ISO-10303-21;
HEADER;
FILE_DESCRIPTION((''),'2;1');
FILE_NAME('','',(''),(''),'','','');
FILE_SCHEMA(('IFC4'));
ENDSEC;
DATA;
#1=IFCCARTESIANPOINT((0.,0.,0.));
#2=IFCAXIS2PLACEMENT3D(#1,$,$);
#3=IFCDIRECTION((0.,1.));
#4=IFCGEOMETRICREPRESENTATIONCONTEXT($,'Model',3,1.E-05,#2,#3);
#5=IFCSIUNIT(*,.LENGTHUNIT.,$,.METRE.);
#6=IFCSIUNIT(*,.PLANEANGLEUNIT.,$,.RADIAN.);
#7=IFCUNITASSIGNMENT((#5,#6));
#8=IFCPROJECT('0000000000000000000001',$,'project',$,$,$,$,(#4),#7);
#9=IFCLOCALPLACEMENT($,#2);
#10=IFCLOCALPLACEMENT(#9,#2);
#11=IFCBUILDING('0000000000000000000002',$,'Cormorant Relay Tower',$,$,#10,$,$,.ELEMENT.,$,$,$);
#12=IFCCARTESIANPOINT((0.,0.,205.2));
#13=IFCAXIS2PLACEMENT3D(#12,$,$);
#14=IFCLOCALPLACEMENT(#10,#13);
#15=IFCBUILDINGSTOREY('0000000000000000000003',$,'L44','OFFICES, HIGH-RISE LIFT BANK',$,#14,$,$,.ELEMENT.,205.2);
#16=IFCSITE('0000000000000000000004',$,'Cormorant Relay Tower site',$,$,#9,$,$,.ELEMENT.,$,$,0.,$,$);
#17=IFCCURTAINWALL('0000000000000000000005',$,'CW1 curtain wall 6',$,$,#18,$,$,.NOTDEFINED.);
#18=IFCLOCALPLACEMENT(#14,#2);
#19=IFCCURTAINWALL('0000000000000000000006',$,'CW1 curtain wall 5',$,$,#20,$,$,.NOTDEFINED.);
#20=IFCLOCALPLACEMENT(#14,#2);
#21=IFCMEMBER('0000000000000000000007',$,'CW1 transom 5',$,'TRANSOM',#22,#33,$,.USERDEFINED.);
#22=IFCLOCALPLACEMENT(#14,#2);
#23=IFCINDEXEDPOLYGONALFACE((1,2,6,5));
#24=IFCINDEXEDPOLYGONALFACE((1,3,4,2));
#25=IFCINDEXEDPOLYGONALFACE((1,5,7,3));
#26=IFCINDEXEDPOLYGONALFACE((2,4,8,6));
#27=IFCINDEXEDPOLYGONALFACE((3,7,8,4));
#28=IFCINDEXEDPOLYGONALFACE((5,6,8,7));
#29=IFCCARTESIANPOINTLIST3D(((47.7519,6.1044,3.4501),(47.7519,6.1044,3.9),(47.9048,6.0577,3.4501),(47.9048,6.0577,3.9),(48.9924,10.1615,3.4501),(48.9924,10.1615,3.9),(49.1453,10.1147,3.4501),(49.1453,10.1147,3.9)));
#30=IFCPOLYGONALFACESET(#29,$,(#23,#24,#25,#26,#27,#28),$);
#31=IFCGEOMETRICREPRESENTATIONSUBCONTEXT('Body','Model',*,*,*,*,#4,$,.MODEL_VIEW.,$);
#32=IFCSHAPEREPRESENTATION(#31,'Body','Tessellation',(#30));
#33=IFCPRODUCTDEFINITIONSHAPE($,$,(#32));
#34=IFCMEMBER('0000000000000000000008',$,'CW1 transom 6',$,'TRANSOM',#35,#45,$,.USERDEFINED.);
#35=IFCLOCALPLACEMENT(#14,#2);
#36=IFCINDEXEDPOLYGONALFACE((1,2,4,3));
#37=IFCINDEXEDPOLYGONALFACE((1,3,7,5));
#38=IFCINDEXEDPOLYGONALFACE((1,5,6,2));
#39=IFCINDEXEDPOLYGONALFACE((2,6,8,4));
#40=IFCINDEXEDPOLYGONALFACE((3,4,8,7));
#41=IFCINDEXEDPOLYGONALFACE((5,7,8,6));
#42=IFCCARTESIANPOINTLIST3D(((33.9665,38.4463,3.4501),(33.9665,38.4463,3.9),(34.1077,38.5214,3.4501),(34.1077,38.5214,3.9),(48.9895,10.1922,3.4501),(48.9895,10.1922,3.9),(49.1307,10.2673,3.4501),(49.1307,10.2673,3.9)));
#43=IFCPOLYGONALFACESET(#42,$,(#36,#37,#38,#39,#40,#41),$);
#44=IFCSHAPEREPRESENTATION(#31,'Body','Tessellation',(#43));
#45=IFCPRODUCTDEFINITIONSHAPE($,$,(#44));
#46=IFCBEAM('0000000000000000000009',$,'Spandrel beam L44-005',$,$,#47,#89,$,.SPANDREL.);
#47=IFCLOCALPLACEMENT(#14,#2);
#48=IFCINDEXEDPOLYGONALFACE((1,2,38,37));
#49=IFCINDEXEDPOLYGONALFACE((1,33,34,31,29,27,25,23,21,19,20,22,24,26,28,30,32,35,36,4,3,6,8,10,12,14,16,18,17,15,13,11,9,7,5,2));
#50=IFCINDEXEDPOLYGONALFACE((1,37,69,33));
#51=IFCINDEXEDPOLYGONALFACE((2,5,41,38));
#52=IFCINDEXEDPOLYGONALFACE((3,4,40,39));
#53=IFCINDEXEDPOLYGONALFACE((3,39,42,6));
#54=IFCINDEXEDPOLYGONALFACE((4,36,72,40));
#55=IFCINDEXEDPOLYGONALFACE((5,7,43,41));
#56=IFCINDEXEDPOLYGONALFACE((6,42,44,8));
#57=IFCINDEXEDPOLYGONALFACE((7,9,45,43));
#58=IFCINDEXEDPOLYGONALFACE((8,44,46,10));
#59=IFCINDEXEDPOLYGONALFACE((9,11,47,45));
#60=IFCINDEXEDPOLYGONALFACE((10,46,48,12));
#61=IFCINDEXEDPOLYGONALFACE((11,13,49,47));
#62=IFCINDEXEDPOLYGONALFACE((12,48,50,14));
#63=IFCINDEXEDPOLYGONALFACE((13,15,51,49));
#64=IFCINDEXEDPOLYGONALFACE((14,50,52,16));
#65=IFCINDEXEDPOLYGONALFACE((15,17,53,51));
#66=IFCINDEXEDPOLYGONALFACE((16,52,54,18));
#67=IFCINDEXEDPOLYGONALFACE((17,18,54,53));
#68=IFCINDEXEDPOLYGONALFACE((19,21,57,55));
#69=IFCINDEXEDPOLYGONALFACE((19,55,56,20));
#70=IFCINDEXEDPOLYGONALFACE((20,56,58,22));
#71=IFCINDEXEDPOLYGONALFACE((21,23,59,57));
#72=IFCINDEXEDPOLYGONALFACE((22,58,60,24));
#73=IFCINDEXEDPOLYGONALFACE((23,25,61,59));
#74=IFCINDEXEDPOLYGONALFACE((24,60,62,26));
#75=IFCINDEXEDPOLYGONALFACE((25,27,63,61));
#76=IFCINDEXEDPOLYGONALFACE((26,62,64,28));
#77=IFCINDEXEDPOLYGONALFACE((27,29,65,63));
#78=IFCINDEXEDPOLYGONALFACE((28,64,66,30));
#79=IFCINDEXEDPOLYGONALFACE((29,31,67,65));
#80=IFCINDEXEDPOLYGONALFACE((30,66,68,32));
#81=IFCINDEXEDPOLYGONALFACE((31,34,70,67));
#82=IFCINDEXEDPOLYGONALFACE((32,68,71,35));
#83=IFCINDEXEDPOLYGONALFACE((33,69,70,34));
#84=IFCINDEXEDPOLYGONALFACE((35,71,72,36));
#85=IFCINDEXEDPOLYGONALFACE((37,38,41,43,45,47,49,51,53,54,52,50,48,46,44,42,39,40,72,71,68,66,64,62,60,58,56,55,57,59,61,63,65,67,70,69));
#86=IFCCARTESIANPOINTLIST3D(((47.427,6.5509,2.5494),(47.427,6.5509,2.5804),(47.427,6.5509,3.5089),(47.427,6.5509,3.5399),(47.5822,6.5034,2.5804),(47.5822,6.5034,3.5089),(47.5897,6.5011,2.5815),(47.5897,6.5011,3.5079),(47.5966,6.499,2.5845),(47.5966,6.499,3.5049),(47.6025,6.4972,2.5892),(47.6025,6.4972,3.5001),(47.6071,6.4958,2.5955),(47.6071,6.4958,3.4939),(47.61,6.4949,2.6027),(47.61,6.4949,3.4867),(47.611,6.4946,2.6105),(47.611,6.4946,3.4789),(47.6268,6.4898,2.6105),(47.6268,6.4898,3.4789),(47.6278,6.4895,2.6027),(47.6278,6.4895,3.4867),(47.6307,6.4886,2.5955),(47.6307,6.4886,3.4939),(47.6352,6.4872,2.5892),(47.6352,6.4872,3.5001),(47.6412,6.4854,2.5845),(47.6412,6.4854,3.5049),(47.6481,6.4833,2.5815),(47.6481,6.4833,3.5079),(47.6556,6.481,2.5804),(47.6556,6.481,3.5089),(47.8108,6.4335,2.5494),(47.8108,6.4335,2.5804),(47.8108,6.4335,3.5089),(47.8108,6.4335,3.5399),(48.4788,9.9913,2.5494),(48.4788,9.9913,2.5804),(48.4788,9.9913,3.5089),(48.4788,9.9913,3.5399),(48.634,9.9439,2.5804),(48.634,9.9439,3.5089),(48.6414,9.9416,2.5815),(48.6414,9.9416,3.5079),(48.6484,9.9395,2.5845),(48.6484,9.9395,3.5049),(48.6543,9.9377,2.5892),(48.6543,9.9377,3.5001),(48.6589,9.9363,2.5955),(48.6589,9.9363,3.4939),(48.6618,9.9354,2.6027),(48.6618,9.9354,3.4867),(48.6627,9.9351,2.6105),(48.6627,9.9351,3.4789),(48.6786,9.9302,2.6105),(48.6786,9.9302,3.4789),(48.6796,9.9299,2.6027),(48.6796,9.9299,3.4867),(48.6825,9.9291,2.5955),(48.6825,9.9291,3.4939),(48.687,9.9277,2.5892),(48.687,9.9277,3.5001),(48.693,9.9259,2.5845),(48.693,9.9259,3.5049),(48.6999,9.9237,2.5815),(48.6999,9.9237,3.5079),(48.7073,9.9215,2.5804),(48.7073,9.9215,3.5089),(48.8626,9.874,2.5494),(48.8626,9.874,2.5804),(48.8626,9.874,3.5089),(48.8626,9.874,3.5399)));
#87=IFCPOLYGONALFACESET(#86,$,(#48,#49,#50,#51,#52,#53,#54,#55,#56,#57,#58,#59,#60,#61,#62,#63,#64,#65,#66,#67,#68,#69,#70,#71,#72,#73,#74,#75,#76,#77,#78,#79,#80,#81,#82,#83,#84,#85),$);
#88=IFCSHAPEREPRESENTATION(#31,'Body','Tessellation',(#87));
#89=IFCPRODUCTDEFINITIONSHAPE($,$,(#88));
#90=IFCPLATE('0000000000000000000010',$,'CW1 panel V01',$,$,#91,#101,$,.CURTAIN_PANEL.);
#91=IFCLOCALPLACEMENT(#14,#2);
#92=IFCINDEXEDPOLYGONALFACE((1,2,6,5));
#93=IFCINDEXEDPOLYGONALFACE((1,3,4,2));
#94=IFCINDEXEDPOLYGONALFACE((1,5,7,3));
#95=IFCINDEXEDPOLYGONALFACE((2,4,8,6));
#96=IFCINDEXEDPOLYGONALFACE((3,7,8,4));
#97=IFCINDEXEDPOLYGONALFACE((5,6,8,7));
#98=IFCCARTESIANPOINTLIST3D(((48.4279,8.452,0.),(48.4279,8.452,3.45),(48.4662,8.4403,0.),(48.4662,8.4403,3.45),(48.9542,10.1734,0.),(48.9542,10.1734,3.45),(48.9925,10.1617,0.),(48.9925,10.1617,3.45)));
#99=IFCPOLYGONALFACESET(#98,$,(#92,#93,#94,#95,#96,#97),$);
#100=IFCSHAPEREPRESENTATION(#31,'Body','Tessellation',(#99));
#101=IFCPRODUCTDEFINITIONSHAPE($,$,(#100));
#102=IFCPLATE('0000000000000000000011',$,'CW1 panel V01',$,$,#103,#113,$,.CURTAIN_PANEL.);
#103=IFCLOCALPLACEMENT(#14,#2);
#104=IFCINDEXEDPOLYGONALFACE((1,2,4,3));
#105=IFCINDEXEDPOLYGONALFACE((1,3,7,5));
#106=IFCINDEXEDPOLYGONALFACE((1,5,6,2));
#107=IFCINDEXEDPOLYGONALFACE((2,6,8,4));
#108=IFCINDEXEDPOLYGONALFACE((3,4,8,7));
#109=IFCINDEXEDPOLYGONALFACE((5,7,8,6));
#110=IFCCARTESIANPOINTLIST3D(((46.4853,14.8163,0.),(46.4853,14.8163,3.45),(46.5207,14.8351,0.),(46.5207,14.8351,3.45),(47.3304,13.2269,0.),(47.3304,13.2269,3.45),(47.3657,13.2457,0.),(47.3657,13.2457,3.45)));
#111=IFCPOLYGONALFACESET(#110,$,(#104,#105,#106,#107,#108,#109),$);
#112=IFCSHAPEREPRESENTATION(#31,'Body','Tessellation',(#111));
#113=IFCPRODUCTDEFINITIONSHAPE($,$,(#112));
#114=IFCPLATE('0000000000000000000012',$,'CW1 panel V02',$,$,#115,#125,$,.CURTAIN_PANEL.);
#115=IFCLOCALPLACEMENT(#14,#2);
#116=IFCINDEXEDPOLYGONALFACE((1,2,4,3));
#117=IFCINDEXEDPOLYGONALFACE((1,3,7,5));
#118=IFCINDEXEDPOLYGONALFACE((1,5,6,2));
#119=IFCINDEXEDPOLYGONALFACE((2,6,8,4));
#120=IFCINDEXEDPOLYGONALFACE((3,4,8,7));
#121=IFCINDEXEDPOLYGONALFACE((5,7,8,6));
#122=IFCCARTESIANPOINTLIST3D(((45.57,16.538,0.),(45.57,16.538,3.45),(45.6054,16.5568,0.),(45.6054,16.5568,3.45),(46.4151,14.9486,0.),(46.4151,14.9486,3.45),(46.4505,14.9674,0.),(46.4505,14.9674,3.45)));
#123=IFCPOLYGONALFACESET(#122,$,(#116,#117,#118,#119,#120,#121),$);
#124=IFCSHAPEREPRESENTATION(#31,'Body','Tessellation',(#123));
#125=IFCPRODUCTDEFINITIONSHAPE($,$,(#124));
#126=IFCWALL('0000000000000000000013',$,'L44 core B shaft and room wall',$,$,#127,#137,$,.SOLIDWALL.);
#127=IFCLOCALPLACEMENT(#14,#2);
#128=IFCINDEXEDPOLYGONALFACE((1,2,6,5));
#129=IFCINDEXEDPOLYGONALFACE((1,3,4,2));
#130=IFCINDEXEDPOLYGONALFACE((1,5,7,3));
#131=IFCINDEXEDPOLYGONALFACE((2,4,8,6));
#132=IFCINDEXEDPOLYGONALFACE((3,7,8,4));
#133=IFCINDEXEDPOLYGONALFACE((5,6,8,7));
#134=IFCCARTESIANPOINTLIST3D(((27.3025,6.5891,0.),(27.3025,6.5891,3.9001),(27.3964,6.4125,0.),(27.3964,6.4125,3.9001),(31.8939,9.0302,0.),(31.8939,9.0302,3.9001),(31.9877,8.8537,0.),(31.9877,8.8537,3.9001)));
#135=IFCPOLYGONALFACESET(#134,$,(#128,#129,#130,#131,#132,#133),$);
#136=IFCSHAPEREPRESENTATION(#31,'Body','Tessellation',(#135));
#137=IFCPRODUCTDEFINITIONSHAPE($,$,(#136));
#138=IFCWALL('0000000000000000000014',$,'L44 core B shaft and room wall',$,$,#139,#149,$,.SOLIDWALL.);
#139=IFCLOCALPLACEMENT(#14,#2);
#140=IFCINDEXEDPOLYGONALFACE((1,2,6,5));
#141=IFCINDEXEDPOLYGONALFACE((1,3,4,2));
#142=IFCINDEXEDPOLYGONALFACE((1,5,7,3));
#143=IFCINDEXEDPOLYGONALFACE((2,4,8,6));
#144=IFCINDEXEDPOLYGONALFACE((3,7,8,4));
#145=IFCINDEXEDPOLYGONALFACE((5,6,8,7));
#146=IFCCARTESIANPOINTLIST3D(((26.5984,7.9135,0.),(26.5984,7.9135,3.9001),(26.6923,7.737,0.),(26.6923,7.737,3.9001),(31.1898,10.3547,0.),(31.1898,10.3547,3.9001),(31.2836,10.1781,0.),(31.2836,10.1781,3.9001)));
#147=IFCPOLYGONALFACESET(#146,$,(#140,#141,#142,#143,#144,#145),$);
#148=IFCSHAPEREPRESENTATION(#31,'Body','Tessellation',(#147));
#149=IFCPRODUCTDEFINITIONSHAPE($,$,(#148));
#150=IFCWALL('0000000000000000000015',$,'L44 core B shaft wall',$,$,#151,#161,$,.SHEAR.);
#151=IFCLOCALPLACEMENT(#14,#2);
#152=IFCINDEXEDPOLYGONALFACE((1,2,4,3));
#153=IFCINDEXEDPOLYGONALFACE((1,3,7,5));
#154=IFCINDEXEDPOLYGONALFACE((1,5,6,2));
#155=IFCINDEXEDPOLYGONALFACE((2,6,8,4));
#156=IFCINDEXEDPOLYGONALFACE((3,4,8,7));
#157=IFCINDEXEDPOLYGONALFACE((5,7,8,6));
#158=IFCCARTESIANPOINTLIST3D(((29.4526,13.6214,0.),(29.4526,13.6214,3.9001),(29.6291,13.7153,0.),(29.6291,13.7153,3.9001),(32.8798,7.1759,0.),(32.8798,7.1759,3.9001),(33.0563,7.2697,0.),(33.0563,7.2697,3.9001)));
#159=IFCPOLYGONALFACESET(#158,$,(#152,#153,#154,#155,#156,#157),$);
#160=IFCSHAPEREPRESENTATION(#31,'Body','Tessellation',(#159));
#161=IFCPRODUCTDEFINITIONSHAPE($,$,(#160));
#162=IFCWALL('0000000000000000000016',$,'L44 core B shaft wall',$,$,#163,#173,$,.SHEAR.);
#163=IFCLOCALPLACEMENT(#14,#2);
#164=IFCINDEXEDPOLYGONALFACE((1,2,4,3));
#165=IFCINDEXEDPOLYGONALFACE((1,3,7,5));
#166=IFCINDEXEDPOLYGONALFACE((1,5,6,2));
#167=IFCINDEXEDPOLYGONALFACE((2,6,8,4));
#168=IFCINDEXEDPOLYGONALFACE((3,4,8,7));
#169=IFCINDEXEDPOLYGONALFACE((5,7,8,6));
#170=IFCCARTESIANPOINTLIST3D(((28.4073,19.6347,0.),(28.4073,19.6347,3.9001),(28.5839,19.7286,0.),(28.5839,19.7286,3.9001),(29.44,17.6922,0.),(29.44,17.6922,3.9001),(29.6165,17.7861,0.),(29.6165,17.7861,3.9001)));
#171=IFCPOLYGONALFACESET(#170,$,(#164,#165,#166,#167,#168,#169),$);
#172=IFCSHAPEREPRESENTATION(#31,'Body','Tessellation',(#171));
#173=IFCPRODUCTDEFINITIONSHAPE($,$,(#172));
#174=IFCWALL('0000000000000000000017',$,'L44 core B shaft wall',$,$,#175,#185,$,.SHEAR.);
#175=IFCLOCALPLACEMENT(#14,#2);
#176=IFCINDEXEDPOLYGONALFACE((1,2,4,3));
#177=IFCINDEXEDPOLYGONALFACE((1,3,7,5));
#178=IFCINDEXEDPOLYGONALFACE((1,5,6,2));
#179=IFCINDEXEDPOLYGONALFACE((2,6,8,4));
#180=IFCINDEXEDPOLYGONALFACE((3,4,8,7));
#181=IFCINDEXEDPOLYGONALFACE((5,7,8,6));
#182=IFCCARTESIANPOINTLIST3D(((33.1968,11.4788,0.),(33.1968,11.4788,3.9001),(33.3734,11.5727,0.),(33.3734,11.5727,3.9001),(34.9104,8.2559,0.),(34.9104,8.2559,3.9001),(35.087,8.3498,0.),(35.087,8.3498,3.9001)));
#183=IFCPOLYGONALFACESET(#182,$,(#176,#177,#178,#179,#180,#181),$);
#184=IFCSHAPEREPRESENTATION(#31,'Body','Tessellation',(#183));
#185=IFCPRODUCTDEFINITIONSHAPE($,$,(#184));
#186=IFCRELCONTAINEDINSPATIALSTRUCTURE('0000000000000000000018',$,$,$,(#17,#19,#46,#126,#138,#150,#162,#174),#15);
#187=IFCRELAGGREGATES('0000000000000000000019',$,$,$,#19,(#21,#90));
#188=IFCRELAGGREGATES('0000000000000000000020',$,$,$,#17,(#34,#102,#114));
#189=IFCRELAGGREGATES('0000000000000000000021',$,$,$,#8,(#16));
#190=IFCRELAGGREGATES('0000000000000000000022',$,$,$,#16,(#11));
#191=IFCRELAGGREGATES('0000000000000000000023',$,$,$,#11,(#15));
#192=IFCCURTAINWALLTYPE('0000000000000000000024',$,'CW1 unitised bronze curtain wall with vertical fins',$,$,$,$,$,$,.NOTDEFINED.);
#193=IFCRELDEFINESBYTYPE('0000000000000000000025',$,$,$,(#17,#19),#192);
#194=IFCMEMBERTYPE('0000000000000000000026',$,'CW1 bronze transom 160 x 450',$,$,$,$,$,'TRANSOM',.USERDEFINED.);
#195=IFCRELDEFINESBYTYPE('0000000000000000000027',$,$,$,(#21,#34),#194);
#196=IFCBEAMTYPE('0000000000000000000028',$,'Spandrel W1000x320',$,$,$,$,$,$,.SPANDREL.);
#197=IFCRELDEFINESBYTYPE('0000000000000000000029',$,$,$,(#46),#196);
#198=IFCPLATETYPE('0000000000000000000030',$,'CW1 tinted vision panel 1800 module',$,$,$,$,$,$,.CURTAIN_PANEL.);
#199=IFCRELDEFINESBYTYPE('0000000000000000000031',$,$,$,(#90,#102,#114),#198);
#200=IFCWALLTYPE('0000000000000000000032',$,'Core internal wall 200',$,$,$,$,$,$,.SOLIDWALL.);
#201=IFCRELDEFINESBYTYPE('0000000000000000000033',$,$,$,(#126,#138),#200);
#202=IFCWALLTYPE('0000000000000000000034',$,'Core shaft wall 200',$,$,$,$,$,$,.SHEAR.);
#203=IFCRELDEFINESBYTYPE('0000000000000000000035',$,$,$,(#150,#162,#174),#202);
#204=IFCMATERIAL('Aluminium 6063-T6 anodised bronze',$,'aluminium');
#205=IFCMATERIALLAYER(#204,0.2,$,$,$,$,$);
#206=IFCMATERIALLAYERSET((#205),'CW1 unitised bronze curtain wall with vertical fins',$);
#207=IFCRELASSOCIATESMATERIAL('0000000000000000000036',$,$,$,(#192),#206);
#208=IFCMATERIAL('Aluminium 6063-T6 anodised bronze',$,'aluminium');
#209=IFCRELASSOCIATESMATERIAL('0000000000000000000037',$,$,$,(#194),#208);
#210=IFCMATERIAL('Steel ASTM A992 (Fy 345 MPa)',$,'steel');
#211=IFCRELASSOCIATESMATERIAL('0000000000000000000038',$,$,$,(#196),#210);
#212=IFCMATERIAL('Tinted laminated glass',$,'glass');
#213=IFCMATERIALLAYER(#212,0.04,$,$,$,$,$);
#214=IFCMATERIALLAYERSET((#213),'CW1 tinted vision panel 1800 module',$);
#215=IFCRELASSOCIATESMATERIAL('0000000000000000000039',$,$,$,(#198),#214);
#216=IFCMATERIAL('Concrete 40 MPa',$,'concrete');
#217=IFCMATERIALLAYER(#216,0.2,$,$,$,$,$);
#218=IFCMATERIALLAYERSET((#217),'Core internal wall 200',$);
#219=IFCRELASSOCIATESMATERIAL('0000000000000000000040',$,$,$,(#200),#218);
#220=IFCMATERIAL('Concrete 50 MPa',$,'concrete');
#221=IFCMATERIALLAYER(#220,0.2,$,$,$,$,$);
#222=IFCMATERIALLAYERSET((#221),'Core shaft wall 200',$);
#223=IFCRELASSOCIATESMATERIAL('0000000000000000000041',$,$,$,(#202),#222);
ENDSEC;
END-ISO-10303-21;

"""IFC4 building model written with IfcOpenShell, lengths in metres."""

from ifc_helpers import new_model, si_unit, direction, frame, frame_2d, origin, origin_2d, place, context, subcontext, project, spatial, rectangle, i_section, extrude, material, layer, layer_set, material_profile, profile_set, type_object, element, aggregate, save


model = new_model("IFC4")

# Units and contexts
model_context = context("Model", 3, precision=1e-05, world=origin(), true_north=direction((0.0, 1.0)))
body_context = subcontext(model_context, "Body", "Model", "MODEL_VIEW")
ifc_project = project(units=[si_unit("LENGTHUNIT", "METRE"), si_unit("PLANEANGLEUNIT", "RADIAN")], contexts=[model_context])

# Site, building, storey
site_placement = place(None, origin())
site = spatial("IfcSite", under=ifc_project, at=site_placement, Name="Cormorant Relay Tower site", CompositionType="ELEMENT", RefElevation=0.0)
building_placement = place(site_placement, origin())
building = spatial("IfcBuilding", under=site, at=building_placement, Name="Cormorant Relay Tower", CompositionType="ELEMENT")
storey_placement = place(building_placement, frame((0.0, 0.0, 205.2)))
storey = spatial("IfcBuildingStorey", under=building, at=storey_placement, Name="L44", Description="OFFICES, HIGH-RISE LIFT BANK", CompositionType="ELEMENT", Elevation=205.2)

# Curtain wall
ifc_material_1 = material(Name="Aluminium 6063-T6 anodised bronze", Category="aluminium")
ifc_layer_1 = layer(ifc_material_1, 0.2)
ifc_layer_set_1 = layer_set([ifc_layer_1], Name="CW1 unitised bronze curtain wall with vertical fins")
curtain_wall_type = type_object("IfcCurtainWallType", Name="CW1 unitised bronze curtain wall with vertical fins", PredefinedType="NOTDEFINED", material=ifc_layer_set_1)
curtain_wall_1_placement = place(storey_placement, origin())
curtain_wall_1 = element("IfcCurtainWall", 1, at=curtain_wall_1_placement, inside=storey, type_object=curtain_wall_type, Name="CW1 curtain wall 6", PredefinedType="NOTDEFINED")

# Curtain wall, member
curtain_wall_2_placement = place(storey_placement, origin())
curtain_wall_2 = element("IfcCurtainWall", 2, at=curtain_wall_2_placement, inside=storey, type_object=curtain_wall_type, Name="CW1 curtain wall 5", PredefinedType="NOTDEFINED")
ifc_material_2 = material(Name="Aluminium 6063-T6 anodised bronze", Category="aluminium")
ifc_material_profile_1 = material_profile(ifc_material_2, rectangle(XDim=0.1599, YDim=0.45, at=origin_2d()), Name="AL 160x450")
ifc_profile_set_1 = profile_set([ifc_material_profile_1], Name="Aluminium 6063-T6 anodised bronze")
member_type_1 = type_object("IfcMemberType", Name="CW1 bronze transom 160 x 450", ElementType="TRANSOM", PredefinedType="USERDEFINED", material=ifc_profile_set_1)
member_1_placement = place(storey_placement, frame((47.8284, 6.0811, 3.675), z_axis=(0.292391, 0.956299, 0.0), x_axis=(-0.956299, 0.292391, 0.0)))
member_1 = element("IfcMember", 3, at=member_1_placement, type_object=member_type_1, Name="CW1 transom 5", ObjectType="TRANSOM", PredefinedType="USERDEFINED", context=body_context, shape_type="SweptSolid", body=[
    extrude(rectangle(XDim=0.1599, YDim=0.45, at=origin_2d()), origin(), (0.0, 0.0, 1.0), 4.2424),
])

# Member
member_2_placement = place(storey_placement, frame((49.0601, 10.2297, 3.675), z_axis=(-0.46947, 0.882948, 0.0), x_axis=(-0.882948, -0.46947, 0.0)))
member_2 = element("IfcMember", 4, at=member_2_placement, type_object=member_type_1, Name="CW1 transom 6", ObjectType="TRANSOM", PredefinedType="USERDEFINED", context=body_context, shape_type="SweptSolid", body=[
    extrude(rectangle(XDim=0.1599, YDim=0.45, at=origin_2d()), origin(), (0.0, 0.0, 1.0), 31.9998),
])

# Beam
ifc_material_3 = material(Name="Steel ASTM A992 (Fy 345 MPa)", Category="steel")
ifc_material_profile_2 = material_profile(ifc_material_3, i_section(OverallWidth=0.4014, OverallDepth=0.9905, WebThickness=0.0166, FlangeThickness=0.031, FilletRadius=0.03, at=origin_2d()), Name="W1000x320")
ifc_profile_set_2 = profile_set([ifc_material_profile_2], Name="Steel ASTM A992 (Fy 345 MPa)")
beam_type = type_object("IfcBeamType", Name="Spandrel W1000x320", PredefinedType="SPANDREL", material=ifc_profile_set_2)
beam_placement = place(storey_placement, frame((47.6189, 6.4922, 3.0447), z_axis=(0.29235, 0.956312, 0.0), x_axis=(-0.956312, 0.29235, 0.0)))
element("IfcBeam", 5, at=beam_placement, inside=storey, type_object=beam_type, Name="Spandrel beam L44-005", PredefinedType="SPANDREL", context=body_context, shape_type="SweptSolid", body=[
    extrude(i_section(OverallWidth=0.4014, OverallDepth=0.9905, WebThickness=0.0166, FlangeThickness=0.031, FilletRadius=0.03, at=origin_2d()), origin(), (0.0, 0.0, 1.0), 3.5977),
])

# Plates
ifc_material_4 = material(Name="Tinted laminated glass", Category="glass")
ifc_layer_2 = layer(ifc_material_4, 0.04)
ifc_layer_set_2 = layer_set([ifc_layer_2], Name="CW1 tinted vision panel 1800 module")
plate_type = type_object("IfcPlateType", Name="CW1 tinted vision panel 1800 module", PredefinedType="CURTAIN_PANEL", material=ifc_layer_set_2)
plate_1_placement = place(storey_placement, frame((48.7102, 9.3069, 0.0), z_axis=(0.0, 0.0, 1.0), x_axis=(0.292372, 0.956305, 0.0)))
plate_1 = element("IfcPlate", 6, at=plate_1_placement, type_object=plate_type, Name="CW1 panel V01", PredefinedType="CURTAIN_PANEL", context=body_context, shape_type="SweptSolid", body=[
    extrude(rectangle(XDim=1.8, YDim=0.04, at=origin_2d()), origin(), (0.0, 0.0, 1.0), 3.45),
])
plate_2_placement = place(storey_placement, frame((46.9255, 14.031, 0.0), z_axis=(0.0, 0.0, 1.0), x_axis=(-0.469472, 0.882948, 0.0)))
plate_2 = element("IfcPlate", 7, at=plate_2_placement, type_object=plate_type, Name="CW1 panel V01", PredefinedType="CURTAIN_PANEL", context=body_context, shape_type="SweptSolid", body=[
    extrude(rectangle(XDim=1.8, YDim=0.04, at=origin_2d()), origin(), (0.0, 0.0, 1.0), 3.45),
])
plate_3_placement = place(storey_placement, frame((46.0103, 15.7527, 0.0), z_axis=(0.0, 0.0, 1.0), x_axis=(-0.469472, 0.882948, 0.0)))
plate_3 = element("IfcPlate", 8, at=plate_3_placement, type_object=plate_type, Name="CW1 panel V02", PredefinedType="CURTAIN_PANEL", context=body_context, shape_type="SweptSolid", body=[
    extrude(rectangle(XDim=1.8, YDim=0.04, at=origin_2d()), origin(), (0.0, 0.0, 1.0), 3.45),
])

# Walls
ifc_material_5 = material(Name="Concrete 40 MPa", Category="concrete")
ifc_layer_3 = layer(ifc_material_5, 0.2)
ifc_layer_set_3 = layer_set([ifc_layer_3], Name="Core internal wall 200")
wall_type_1 = type_object("IfcWallType", Name="Core internal wall 200", PredefinedType="SOLIDWALL", material=ifc_layer_set_3)
for number, where, z_axis, x_axis, name in (
    (9, (27.3494, 6.5007, 0.0), (0.0, 0.0, 1.0), (0.882954, 0.46946, 0.0), "L44 core B shaft and room wall"),
    (10, (26.6453, 7.8252, 0.0), (0.0, 0.0, 1.0), (0.882954, 0.46946, 0.0), "L44 core B shaft and room wall"),
):
    element("IfcWall", number, at=place(storey_placement, frame(where, z_axis=z_axis, x_axis=x_axis)), inside=storey, type_object=wall_type_1, Name=name, PredefinedType="SOLIDWALL", context=body_context, shape_type="SweptSolid", body=[
        extrude(rectangle(XDim=5.2, YDim=0.2, at=frame_2d((2.6001, 0.0))), origin(), (0.0, 0.0, 1.0), 3.9001),
    ])
ifc_material_6 = material(Name="Concrete 50 MPa", Category="concrete")
ifc_layer_4 = layer(ifc_material_6, 0.2)
ifc_layer_set_4 = layer_set([ifc_layer_4], Name="Core shaft wall 200")
wall_type_2 = type_object("IfcWallType", Name="Core shaft wall 200", PredefinedType="SHEAR", material=ifc_layer_set_4)
wall_1_placement = place(storey_placement, frame((32.968, 7.2229, 0.0), z_axis=(0.0, 0.0, 1.0), x_axis=(-0.46948, 0.882943, 0.0)))
element("IfcWall", 11, at=wall_1_placement, inside=storey, type_object=wall_type_2, Name="L44 core B shaft wall", PredefinedType="SHEAR", context=body_context, shape_type="SweptSolid", body=[
    extrude(rectangle(XDim=7.3, YDim=0.2, at=frame_2d((3.6499, 0.0))), origin(), (0.0, 0.0, 1.0), 3.9001),
])
wall_2_placement = place(storey_placement, frame((29.5283, 17.739, 0.0), z_axis=(0.0, 0.0, 1.0), x_axis=(-0.469401, 0.882985, 0.0)))
element("IfcWall", 12, at=wall_2_placement, inside=storey, type_object=wall_type_2, Name="L44 core B shaft wall", PredefinedType="SHEAR", context=body_context, shape_type="SweptSolid", body=[
    extrude(rectangle(XDim=2.2, YDim=0.2, at=frame_2d((1.1001, 0.0))), origin(), (0.0, 0.0, 1.0), 3.9001),
])
wall_3_placement = place(storey_placement, frame((34.9988, 8.3027, 0.0), z_axis=(0.0, 0.0, 1.0), x_axis=(-0.469467, 0.88295, 0.0)))
element("IfcWall", 13, at=wall_3_placement, inside=storey, type_object=wall_type_2, Name="L44 core B shaft wall", PredefinedType="SHEAR", context=body_context, shape_type="SweptSolid", body=[
    extrude(rectangle(XDim=3.6501, YDim=0.2, at=frame_2d((1.8252, 0.0))), origin(), (0.0, 0.0, 1.0), 3.9001),
])

aggregate(curtain_wall_2, [member_1, plate_1])
aggregate(curtain_wall_1, [member_2, plate_2, plate_3])

save(model, "model.ifc")
